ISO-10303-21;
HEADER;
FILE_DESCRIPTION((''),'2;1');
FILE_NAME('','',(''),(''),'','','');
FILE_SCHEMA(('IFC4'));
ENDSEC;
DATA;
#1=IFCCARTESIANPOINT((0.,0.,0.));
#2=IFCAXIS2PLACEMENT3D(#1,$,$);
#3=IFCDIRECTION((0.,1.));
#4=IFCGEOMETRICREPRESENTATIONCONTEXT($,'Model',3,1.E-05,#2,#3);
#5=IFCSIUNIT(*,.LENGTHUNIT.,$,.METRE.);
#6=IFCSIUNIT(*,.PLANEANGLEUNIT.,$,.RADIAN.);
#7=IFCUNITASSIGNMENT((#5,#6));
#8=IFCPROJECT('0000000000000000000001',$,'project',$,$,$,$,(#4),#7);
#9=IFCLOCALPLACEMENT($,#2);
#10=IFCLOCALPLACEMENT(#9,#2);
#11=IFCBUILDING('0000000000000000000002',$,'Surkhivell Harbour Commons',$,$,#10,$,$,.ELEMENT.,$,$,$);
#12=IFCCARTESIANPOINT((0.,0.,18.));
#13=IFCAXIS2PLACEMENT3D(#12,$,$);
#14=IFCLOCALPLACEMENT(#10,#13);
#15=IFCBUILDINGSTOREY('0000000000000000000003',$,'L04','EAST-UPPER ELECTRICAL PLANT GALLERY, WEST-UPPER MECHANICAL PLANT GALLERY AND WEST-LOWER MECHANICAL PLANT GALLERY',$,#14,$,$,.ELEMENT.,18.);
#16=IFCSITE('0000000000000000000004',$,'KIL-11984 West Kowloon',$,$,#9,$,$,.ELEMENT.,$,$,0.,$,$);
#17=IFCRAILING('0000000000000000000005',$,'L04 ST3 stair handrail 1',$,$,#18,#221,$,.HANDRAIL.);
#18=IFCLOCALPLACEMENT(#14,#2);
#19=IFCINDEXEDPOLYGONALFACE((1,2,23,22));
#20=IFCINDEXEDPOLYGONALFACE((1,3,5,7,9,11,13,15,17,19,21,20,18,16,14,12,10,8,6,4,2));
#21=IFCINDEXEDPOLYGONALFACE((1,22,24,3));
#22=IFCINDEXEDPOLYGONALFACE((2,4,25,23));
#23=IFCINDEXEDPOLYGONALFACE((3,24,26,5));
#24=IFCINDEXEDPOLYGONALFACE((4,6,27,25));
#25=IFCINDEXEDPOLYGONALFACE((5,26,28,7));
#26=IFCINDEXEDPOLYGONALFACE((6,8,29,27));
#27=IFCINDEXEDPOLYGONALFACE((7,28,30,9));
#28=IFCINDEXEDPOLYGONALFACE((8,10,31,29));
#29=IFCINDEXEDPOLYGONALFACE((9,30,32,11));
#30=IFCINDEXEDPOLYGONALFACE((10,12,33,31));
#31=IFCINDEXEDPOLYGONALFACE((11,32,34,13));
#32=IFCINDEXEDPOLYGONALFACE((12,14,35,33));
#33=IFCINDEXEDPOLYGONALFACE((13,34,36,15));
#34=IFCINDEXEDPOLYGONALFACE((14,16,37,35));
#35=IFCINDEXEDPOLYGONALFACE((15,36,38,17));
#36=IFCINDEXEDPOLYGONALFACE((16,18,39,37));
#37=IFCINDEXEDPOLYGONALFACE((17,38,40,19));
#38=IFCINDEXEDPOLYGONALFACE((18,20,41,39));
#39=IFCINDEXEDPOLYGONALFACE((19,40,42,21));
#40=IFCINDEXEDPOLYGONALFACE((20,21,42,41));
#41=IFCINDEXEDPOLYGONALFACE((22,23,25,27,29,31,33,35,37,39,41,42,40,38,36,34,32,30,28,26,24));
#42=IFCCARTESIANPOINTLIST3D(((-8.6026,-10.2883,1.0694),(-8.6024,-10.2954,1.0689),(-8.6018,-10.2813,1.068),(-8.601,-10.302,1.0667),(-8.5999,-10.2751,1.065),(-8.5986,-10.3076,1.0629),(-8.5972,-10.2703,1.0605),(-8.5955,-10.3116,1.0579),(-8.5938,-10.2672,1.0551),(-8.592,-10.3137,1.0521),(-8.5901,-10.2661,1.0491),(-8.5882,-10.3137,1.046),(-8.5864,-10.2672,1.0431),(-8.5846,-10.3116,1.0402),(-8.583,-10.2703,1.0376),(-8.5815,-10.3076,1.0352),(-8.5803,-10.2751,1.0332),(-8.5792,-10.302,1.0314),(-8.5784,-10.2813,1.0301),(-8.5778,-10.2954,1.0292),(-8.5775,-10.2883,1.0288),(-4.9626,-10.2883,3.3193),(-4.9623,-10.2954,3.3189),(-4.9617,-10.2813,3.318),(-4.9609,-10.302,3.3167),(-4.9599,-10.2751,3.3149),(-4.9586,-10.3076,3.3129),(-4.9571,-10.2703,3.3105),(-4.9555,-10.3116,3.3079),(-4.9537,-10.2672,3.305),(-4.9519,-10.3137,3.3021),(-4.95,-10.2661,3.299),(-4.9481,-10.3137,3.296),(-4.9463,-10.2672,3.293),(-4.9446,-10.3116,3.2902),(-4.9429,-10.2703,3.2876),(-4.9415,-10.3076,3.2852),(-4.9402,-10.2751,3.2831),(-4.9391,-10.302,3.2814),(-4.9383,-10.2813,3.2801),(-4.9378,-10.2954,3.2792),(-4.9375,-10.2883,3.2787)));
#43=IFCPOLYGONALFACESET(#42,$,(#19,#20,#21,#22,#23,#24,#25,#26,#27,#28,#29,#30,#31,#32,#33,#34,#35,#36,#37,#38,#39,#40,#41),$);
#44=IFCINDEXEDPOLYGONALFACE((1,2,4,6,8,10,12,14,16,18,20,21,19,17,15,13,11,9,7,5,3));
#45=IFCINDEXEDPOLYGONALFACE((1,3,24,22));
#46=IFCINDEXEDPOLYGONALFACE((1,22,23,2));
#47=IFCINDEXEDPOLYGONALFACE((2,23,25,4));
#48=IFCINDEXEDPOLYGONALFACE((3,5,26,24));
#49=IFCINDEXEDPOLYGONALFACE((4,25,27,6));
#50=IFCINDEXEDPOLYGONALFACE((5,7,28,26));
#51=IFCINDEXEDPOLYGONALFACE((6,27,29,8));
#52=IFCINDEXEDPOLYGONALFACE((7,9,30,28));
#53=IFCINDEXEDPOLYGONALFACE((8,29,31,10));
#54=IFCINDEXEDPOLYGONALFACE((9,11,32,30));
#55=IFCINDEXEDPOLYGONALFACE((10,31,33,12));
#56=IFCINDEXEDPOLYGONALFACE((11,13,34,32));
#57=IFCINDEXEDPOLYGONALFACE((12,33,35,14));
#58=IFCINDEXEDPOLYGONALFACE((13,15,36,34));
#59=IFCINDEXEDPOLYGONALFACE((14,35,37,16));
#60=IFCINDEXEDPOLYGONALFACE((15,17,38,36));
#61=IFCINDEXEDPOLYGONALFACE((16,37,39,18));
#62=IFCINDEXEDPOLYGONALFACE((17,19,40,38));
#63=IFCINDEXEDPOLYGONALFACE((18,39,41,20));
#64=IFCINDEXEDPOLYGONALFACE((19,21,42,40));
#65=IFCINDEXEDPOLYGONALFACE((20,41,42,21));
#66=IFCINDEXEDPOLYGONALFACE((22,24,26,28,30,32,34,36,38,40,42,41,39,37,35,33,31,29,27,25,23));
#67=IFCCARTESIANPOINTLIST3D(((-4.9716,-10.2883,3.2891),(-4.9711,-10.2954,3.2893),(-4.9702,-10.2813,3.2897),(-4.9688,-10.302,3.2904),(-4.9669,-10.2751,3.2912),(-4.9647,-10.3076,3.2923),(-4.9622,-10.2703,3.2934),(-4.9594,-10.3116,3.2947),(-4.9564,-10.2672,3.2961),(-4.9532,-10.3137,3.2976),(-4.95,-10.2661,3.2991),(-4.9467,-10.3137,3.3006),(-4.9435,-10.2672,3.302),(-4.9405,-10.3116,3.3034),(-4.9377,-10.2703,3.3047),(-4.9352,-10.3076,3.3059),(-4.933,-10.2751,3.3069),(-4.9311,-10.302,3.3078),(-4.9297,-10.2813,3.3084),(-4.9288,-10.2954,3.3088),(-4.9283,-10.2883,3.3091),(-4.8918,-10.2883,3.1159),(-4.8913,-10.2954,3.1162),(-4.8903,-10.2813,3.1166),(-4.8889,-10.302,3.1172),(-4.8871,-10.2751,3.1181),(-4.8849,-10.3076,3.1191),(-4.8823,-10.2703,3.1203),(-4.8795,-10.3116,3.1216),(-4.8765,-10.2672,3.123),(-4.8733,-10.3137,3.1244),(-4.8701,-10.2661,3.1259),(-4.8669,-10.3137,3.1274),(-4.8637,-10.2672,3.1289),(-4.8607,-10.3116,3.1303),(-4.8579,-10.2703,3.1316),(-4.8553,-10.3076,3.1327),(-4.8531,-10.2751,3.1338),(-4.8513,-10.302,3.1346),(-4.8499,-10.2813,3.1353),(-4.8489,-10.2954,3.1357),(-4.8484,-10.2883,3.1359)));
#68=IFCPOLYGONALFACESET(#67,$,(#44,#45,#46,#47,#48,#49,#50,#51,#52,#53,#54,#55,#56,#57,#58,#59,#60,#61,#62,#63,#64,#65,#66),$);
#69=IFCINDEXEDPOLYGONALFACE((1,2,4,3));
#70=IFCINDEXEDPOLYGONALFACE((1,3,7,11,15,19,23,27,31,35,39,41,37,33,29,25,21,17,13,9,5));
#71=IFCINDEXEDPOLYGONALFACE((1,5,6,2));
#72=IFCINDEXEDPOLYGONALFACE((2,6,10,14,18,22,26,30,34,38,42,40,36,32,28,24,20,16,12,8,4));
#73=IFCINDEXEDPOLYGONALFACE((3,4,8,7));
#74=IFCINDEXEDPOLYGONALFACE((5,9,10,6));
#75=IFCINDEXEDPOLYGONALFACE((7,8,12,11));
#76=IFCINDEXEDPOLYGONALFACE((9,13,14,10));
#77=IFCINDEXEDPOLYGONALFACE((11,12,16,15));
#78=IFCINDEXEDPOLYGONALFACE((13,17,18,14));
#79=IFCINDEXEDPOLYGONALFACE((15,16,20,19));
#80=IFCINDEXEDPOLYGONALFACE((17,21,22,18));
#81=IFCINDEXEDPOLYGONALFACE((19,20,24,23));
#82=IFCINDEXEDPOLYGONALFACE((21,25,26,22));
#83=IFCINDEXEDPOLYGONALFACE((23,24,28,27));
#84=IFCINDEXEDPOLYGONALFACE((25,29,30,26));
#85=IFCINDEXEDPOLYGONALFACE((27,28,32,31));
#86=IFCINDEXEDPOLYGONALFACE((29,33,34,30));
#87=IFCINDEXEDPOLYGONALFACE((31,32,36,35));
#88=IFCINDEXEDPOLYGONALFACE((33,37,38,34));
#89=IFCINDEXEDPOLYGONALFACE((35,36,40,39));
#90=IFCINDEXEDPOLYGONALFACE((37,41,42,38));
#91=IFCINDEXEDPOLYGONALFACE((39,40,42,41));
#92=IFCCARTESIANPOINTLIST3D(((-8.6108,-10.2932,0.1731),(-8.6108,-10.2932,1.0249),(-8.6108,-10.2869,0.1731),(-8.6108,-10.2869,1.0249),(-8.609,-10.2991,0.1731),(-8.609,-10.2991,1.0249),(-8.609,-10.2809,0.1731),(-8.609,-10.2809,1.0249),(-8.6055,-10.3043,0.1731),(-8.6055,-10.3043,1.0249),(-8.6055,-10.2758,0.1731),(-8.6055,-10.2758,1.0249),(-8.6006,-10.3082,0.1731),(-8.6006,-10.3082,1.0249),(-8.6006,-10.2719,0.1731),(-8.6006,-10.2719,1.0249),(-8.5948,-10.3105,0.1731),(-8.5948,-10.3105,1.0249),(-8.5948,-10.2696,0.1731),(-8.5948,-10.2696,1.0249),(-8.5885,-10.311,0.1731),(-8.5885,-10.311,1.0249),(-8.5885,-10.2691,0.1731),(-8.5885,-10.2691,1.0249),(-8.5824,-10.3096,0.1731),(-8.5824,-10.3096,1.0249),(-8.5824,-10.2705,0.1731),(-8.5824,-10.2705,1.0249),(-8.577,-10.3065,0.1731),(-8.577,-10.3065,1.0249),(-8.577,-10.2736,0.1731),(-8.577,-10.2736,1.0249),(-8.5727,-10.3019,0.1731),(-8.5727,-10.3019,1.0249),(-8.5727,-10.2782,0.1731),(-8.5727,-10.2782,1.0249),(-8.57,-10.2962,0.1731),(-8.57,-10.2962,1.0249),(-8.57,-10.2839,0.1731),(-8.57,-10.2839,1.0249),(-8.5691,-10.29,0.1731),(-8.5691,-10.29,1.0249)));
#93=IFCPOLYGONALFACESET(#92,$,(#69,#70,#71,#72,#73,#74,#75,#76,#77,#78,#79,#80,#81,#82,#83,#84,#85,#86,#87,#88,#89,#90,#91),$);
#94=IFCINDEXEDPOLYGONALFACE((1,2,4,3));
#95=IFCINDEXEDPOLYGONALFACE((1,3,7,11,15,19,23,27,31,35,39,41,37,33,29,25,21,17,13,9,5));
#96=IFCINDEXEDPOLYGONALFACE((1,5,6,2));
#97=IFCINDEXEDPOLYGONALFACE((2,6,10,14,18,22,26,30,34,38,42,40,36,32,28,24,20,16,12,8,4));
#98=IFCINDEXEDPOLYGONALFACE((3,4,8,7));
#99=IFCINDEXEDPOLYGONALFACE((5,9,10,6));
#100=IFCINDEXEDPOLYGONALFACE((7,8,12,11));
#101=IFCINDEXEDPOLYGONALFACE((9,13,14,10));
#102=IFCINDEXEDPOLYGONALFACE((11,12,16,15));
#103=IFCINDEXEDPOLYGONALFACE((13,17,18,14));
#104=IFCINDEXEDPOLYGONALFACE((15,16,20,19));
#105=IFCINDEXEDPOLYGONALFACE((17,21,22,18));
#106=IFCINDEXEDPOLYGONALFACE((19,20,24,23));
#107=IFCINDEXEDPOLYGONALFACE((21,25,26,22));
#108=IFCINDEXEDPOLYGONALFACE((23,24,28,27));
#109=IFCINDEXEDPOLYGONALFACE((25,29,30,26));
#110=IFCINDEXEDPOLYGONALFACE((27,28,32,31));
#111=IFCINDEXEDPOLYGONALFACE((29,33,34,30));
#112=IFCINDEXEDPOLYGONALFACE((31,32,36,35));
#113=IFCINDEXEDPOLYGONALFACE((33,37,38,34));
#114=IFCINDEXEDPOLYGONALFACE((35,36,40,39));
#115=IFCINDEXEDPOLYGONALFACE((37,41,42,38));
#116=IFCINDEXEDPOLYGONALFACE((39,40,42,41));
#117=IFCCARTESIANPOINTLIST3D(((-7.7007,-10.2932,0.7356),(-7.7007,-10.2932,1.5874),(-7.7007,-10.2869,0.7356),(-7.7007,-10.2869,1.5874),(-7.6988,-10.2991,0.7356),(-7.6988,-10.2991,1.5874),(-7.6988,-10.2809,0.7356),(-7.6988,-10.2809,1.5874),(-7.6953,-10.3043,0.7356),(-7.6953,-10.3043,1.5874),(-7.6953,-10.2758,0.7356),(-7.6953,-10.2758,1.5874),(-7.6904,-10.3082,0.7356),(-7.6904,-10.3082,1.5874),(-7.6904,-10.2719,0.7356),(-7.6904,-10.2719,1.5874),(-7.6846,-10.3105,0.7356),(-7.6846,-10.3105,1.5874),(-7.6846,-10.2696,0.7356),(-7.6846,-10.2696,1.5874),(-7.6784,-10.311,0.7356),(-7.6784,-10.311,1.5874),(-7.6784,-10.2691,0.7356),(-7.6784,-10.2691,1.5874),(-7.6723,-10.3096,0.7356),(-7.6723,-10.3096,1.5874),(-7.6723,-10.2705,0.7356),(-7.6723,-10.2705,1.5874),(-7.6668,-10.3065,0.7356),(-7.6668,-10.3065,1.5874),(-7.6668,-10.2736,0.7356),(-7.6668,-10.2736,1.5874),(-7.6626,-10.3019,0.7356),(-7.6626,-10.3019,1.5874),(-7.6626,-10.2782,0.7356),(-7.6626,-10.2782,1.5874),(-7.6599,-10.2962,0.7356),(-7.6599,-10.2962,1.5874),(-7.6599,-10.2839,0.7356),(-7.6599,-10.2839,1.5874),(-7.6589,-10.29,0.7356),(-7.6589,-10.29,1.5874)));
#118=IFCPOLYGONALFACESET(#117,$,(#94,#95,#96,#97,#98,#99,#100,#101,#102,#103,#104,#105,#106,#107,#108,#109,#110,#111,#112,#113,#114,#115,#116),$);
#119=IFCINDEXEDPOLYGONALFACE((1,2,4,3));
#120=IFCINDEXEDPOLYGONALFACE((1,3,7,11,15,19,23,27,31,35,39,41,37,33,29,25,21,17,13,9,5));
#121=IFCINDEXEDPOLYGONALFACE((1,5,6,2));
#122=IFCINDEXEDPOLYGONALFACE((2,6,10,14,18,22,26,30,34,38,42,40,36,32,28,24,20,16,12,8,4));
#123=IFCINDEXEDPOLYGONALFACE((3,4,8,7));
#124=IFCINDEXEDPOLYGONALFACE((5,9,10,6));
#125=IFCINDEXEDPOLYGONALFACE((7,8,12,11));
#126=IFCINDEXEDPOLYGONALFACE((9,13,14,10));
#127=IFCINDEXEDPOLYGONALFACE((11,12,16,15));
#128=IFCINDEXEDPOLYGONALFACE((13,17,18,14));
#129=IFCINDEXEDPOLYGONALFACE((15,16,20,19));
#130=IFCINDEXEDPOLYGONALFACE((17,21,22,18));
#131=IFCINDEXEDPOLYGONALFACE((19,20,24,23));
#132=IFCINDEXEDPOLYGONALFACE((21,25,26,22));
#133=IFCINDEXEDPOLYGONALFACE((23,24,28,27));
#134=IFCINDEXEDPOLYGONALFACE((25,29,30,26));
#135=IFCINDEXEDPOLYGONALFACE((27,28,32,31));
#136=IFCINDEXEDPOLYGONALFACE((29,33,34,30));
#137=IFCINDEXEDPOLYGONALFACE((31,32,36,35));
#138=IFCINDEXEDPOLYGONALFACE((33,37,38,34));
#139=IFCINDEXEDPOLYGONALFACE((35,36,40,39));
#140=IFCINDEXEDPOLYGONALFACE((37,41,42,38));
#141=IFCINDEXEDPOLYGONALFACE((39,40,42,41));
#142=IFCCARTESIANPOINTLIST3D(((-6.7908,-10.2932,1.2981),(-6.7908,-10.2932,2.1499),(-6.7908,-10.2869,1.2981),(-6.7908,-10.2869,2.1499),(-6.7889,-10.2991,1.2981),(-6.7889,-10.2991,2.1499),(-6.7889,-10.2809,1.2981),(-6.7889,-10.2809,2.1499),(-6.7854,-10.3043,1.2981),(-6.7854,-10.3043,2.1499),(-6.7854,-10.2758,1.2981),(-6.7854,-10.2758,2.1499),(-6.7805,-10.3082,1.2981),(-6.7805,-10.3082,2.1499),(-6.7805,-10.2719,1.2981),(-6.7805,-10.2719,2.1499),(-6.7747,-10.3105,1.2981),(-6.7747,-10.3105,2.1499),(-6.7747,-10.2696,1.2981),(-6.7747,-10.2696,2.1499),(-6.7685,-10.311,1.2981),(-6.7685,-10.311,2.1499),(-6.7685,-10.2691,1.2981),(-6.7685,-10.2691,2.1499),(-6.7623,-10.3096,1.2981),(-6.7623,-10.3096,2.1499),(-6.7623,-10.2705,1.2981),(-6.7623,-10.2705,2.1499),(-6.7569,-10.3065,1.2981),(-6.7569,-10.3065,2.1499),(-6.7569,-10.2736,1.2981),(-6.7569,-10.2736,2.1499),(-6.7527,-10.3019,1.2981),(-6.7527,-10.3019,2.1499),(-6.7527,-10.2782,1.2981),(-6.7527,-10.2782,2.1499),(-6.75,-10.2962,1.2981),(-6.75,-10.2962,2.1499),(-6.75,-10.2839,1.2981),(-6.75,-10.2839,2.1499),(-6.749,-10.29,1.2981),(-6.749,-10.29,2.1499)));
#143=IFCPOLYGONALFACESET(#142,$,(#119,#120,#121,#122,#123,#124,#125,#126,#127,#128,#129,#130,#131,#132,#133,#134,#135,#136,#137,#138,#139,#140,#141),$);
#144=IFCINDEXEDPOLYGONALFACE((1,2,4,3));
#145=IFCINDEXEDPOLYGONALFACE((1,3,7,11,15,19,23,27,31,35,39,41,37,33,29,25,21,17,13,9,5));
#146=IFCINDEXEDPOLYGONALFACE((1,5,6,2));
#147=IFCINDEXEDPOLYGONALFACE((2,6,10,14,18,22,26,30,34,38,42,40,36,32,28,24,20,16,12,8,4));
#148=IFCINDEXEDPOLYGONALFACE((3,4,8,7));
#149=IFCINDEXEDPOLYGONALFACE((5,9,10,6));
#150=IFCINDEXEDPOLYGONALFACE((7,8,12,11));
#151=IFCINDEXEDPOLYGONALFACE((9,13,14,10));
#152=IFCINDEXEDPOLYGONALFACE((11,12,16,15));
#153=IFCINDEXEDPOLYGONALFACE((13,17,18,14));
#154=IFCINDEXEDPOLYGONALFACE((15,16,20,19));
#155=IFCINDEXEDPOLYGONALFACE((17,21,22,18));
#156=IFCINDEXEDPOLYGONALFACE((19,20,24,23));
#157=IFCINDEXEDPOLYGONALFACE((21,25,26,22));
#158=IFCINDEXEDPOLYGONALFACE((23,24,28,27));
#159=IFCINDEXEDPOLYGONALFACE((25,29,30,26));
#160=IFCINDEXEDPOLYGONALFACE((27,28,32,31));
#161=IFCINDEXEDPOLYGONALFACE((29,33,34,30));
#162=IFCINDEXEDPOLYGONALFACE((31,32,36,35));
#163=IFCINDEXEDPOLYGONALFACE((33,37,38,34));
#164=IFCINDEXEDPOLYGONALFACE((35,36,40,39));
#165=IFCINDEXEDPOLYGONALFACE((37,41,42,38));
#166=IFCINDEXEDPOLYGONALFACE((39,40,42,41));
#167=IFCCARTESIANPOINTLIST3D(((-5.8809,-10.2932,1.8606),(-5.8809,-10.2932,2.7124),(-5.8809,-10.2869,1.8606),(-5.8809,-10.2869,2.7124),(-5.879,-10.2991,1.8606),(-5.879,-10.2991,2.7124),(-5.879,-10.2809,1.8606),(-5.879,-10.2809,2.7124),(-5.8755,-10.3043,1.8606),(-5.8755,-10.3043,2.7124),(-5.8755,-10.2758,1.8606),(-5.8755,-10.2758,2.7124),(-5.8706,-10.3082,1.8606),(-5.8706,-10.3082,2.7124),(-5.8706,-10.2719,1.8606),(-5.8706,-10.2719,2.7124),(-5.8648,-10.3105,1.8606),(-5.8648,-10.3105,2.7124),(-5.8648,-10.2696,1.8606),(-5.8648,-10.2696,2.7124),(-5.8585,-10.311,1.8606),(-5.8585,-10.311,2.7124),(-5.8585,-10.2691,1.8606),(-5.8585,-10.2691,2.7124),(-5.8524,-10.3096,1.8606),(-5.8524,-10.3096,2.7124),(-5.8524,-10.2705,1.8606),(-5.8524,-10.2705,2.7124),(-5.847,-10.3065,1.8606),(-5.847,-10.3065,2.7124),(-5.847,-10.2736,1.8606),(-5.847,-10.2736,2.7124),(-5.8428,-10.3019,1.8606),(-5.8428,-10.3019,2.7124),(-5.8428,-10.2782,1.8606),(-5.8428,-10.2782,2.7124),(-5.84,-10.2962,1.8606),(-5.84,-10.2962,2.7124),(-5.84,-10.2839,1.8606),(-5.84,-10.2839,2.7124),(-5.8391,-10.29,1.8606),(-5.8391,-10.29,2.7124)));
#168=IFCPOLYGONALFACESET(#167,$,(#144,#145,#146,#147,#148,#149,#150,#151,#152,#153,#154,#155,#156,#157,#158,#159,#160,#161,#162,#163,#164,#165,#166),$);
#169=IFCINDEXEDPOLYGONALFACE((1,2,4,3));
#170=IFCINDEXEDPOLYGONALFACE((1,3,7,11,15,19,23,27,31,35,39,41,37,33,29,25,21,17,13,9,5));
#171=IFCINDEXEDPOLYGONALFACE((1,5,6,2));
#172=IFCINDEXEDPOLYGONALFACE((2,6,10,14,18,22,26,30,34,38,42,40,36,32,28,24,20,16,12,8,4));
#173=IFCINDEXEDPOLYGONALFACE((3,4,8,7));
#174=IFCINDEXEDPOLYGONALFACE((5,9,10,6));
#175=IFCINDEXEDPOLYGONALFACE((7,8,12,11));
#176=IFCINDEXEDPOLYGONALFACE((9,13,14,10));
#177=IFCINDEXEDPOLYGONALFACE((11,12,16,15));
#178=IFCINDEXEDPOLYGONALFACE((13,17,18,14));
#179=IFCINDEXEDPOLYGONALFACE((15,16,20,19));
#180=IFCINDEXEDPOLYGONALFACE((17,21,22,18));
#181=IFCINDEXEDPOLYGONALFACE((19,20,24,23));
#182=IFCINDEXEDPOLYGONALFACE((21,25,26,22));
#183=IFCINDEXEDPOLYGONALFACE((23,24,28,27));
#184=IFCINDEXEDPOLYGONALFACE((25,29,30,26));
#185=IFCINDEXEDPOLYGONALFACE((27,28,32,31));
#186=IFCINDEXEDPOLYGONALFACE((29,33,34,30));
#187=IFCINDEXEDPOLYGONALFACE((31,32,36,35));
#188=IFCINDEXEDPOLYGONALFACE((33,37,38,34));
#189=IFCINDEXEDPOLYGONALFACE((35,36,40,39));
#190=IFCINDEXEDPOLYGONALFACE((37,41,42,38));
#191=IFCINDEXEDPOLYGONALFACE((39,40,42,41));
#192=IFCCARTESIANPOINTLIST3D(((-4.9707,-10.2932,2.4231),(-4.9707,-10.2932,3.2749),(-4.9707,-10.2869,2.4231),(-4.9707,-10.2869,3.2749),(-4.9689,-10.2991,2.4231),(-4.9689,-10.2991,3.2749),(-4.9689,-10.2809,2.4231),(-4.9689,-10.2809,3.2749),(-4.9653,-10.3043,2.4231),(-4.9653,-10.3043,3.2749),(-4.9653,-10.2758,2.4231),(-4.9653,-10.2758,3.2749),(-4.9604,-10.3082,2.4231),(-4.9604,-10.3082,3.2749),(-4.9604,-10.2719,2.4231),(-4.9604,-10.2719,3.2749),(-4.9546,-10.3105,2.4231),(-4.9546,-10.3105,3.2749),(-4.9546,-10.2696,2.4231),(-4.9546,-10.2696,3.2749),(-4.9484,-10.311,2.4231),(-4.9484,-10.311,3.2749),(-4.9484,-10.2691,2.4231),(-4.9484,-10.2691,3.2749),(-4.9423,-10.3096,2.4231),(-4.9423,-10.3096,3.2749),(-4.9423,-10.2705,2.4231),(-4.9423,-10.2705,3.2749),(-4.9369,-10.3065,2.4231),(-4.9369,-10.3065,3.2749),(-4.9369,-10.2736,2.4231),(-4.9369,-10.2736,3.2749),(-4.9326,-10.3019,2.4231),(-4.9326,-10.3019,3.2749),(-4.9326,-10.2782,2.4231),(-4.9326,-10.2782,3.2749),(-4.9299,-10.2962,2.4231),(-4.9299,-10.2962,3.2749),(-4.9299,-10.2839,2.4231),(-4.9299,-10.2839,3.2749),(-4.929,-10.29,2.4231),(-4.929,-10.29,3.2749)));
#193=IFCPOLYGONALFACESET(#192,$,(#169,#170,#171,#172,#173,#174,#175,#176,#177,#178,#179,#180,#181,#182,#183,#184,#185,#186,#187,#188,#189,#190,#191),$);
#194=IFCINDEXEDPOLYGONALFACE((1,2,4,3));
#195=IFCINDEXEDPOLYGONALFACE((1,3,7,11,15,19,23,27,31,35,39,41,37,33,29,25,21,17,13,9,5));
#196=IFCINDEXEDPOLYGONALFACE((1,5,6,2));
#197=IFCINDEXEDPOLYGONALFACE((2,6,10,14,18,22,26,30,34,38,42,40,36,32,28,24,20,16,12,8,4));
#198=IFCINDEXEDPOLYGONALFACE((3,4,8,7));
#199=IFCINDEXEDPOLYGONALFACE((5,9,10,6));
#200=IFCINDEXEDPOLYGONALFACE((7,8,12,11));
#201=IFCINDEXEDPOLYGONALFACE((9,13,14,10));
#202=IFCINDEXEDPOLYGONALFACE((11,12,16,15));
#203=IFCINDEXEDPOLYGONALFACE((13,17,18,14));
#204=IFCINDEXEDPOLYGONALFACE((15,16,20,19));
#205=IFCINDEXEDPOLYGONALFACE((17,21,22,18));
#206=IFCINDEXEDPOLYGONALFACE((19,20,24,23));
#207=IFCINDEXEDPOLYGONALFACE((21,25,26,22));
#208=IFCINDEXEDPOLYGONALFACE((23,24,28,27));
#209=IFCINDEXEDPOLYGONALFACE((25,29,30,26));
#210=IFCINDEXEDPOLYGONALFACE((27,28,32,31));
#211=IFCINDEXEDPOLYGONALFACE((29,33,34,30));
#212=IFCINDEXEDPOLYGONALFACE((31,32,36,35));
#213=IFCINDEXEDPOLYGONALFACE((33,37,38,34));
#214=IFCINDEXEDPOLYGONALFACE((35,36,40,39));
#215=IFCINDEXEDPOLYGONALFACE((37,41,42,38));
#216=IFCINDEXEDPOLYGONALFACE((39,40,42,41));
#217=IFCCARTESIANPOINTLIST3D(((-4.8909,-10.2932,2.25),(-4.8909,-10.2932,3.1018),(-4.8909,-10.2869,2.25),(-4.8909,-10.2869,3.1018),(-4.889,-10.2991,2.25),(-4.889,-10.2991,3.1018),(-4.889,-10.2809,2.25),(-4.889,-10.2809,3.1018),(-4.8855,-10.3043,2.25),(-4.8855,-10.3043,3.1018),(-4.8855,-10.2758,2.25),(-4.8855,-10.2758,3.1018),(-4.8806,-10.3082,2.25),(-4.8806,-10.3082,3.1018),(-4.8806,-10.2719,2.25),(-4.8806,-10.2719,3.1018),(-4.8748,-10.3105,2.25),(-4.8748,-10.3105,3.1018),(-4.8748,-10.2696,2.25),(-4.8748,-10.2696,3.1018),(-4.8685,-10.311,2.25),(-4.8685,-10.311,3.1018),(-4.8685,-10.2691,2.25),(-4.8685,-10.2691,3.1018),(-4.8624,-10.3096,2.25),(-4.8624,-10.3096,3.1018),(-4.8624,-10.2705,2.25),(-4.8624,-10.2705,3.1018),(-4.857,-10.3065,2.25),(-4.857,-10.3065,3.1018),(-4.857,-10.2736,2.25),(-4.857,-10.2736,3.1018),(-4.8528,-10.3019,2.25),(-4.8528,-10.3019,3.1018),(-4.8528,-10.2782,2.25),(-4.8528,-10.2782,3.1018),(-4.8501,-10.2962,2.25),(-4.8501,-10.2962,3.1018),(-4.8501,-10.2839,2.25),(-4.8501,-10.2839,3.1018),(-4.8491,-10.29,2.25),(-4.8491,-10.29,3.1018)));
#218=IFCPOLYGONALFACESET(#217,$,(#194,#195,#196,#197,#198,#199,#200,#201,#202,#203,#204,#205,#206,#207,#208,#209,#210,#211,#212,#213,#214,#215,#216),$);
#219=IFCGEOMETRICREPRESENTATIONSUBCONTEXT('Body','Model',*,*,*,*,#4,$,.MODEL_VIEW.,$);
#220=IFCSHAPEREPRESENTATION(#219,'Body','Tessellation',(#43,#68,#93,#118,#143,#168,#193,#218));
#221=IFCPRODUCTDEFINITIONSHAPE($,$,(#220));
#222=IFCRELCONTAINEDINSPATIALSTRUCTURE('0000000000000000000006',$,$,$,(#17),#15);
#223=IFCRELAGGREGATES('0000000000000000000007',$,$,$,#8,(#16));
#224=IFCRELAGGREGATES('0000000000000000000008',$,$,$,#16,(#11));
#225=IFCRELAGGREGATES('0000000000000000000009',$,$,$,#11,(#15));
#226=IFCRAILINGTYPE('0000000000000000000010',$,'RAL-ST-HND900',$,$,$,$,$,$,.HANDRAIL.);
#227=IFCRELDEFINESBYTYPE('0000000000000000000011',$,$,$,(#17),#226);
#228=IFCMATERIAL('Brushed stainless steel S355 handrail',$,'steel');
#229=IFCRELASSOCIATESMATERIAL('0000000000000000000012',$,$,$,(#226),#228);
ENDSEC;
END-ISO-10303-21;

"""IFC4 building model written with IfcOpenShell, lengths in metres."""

from ifc_helpers import new_model, si_unit, direction, frame, origin, origin_2d, place, context, subcontext, project, spatial, circle, extrude, material, type_object, element, save


model = new_model("IFC4")

# Units and contexts
model_context = context("Model", 3, precision=1e-05, world=origin(), true_north=direction((0.0, 1.0)))
body_context = subcontext(model_context, "Body", "Model", "MODEL_VIEW")
ifc_project = project(units=[si_unit("LENGTHUNIT", "METRE"), si_unit("PLANEANGLEUNIT", "RADIAN")], contexts=[model_context])

# Site, building, storey
site_placement = place(None, origin())
site = spatial("IfcSite", under=ifc_project, at=site_placement, Name="KIL-11984 West Kowloon", CompositionType="ELEMENT", RefElevation=0.0)
building_placement = place(site_placement, origin())
building = spatial("IfcBuilding", under=site, at=building_placement, Name="Surkhivell Harbour Commons", CompositionType="ELEMENT")
storey_placement = place(building_placement, frame((0.0, 0.0, 18.0)))
storey = spatial("IfcBuildingStorey", under=building, at=storey_placement, Name="L04", Description="EAST-UPPER ELECTRICAL PLANT GALLERY, WEST-UPPER MECHANICAL PLANT GALLERY AND WEST-LOWER MECHANICAL PLANT GALLERY", CompositionType="ELEMENT", Elevation=18.0)

# Railing
ifc_material_1 = material(Name="Brushed stainless steel S355 handrail", Category="steel")
railing_type_1 = type_object("IfcRailingType", Name="RAL-ST-HND900", PredefinedType="HANDRAIL", material=ifc_material_1)
railing_1_placement = place(storey_placement, frame((-8.5901, -10.29, 0.1731)))
element("IfcRailing", 1, at=railing_1_placement, inside=storey, type_object=railing_type_1, Name="L04 ST3 stair handrail 1", PredefinedType="HANDRAIL", context=body_context, shape_type="SweptSolid", body=[
    extrude(circle(Radius=0.0239, at=origin_2d()), frame((0.0, 0.0, 0.876), z_axis=(0.850622, 0.0, 0.525777), x_axis=(0.0, 1.0, 0.0)), (0.0, 0.0, 1.0), 4.2793),
    extrude(circle(Radius=0.0239, at=origin_2d()), frame((3.6401, 0.0, 3.126), z_axis=(0.418815, 0.0, -0.908072), x_axis=(0.0, 1.0, 0.0)), (0.0, 0.0, 1.0), 0.1907),
    extrude(circle(Radius=0.021, at=origin_2d()), origin(), (0.0, 0.0, 1.0), 0.8518),
    extrude(circle(Radius=0.021, at=origin_2d()), frame((0.9102, 0.0, 0.5625)), (0.0, 0.0, 1.0), 0.8518),
    extrude(circle(Radius=0.021, at=origin_2d()), frame((1.8201, 0.0, 1.125)), (0.0, 0.0, 1.0), 0.8518),
    extrude(circle(Radius=0.021, at=origin_2d()), frame((2.73, 0.0, 1.6875)), (0.0, 0.0, 1.0), 0.8518),
    extrude(circle(Radius=0.021, at=origin_2d()), frame((3.6401, 0.0, 2.25)), (0.0, 0.0, 1.0), 0.8518),
    extrude(circle(Radius=0.021, at=origin_2d()), frame((3.72, 0.0, 2.0769)), (0.0, 0.0, 1.0), 0.8518),
])

save(model, "model.ifc")
